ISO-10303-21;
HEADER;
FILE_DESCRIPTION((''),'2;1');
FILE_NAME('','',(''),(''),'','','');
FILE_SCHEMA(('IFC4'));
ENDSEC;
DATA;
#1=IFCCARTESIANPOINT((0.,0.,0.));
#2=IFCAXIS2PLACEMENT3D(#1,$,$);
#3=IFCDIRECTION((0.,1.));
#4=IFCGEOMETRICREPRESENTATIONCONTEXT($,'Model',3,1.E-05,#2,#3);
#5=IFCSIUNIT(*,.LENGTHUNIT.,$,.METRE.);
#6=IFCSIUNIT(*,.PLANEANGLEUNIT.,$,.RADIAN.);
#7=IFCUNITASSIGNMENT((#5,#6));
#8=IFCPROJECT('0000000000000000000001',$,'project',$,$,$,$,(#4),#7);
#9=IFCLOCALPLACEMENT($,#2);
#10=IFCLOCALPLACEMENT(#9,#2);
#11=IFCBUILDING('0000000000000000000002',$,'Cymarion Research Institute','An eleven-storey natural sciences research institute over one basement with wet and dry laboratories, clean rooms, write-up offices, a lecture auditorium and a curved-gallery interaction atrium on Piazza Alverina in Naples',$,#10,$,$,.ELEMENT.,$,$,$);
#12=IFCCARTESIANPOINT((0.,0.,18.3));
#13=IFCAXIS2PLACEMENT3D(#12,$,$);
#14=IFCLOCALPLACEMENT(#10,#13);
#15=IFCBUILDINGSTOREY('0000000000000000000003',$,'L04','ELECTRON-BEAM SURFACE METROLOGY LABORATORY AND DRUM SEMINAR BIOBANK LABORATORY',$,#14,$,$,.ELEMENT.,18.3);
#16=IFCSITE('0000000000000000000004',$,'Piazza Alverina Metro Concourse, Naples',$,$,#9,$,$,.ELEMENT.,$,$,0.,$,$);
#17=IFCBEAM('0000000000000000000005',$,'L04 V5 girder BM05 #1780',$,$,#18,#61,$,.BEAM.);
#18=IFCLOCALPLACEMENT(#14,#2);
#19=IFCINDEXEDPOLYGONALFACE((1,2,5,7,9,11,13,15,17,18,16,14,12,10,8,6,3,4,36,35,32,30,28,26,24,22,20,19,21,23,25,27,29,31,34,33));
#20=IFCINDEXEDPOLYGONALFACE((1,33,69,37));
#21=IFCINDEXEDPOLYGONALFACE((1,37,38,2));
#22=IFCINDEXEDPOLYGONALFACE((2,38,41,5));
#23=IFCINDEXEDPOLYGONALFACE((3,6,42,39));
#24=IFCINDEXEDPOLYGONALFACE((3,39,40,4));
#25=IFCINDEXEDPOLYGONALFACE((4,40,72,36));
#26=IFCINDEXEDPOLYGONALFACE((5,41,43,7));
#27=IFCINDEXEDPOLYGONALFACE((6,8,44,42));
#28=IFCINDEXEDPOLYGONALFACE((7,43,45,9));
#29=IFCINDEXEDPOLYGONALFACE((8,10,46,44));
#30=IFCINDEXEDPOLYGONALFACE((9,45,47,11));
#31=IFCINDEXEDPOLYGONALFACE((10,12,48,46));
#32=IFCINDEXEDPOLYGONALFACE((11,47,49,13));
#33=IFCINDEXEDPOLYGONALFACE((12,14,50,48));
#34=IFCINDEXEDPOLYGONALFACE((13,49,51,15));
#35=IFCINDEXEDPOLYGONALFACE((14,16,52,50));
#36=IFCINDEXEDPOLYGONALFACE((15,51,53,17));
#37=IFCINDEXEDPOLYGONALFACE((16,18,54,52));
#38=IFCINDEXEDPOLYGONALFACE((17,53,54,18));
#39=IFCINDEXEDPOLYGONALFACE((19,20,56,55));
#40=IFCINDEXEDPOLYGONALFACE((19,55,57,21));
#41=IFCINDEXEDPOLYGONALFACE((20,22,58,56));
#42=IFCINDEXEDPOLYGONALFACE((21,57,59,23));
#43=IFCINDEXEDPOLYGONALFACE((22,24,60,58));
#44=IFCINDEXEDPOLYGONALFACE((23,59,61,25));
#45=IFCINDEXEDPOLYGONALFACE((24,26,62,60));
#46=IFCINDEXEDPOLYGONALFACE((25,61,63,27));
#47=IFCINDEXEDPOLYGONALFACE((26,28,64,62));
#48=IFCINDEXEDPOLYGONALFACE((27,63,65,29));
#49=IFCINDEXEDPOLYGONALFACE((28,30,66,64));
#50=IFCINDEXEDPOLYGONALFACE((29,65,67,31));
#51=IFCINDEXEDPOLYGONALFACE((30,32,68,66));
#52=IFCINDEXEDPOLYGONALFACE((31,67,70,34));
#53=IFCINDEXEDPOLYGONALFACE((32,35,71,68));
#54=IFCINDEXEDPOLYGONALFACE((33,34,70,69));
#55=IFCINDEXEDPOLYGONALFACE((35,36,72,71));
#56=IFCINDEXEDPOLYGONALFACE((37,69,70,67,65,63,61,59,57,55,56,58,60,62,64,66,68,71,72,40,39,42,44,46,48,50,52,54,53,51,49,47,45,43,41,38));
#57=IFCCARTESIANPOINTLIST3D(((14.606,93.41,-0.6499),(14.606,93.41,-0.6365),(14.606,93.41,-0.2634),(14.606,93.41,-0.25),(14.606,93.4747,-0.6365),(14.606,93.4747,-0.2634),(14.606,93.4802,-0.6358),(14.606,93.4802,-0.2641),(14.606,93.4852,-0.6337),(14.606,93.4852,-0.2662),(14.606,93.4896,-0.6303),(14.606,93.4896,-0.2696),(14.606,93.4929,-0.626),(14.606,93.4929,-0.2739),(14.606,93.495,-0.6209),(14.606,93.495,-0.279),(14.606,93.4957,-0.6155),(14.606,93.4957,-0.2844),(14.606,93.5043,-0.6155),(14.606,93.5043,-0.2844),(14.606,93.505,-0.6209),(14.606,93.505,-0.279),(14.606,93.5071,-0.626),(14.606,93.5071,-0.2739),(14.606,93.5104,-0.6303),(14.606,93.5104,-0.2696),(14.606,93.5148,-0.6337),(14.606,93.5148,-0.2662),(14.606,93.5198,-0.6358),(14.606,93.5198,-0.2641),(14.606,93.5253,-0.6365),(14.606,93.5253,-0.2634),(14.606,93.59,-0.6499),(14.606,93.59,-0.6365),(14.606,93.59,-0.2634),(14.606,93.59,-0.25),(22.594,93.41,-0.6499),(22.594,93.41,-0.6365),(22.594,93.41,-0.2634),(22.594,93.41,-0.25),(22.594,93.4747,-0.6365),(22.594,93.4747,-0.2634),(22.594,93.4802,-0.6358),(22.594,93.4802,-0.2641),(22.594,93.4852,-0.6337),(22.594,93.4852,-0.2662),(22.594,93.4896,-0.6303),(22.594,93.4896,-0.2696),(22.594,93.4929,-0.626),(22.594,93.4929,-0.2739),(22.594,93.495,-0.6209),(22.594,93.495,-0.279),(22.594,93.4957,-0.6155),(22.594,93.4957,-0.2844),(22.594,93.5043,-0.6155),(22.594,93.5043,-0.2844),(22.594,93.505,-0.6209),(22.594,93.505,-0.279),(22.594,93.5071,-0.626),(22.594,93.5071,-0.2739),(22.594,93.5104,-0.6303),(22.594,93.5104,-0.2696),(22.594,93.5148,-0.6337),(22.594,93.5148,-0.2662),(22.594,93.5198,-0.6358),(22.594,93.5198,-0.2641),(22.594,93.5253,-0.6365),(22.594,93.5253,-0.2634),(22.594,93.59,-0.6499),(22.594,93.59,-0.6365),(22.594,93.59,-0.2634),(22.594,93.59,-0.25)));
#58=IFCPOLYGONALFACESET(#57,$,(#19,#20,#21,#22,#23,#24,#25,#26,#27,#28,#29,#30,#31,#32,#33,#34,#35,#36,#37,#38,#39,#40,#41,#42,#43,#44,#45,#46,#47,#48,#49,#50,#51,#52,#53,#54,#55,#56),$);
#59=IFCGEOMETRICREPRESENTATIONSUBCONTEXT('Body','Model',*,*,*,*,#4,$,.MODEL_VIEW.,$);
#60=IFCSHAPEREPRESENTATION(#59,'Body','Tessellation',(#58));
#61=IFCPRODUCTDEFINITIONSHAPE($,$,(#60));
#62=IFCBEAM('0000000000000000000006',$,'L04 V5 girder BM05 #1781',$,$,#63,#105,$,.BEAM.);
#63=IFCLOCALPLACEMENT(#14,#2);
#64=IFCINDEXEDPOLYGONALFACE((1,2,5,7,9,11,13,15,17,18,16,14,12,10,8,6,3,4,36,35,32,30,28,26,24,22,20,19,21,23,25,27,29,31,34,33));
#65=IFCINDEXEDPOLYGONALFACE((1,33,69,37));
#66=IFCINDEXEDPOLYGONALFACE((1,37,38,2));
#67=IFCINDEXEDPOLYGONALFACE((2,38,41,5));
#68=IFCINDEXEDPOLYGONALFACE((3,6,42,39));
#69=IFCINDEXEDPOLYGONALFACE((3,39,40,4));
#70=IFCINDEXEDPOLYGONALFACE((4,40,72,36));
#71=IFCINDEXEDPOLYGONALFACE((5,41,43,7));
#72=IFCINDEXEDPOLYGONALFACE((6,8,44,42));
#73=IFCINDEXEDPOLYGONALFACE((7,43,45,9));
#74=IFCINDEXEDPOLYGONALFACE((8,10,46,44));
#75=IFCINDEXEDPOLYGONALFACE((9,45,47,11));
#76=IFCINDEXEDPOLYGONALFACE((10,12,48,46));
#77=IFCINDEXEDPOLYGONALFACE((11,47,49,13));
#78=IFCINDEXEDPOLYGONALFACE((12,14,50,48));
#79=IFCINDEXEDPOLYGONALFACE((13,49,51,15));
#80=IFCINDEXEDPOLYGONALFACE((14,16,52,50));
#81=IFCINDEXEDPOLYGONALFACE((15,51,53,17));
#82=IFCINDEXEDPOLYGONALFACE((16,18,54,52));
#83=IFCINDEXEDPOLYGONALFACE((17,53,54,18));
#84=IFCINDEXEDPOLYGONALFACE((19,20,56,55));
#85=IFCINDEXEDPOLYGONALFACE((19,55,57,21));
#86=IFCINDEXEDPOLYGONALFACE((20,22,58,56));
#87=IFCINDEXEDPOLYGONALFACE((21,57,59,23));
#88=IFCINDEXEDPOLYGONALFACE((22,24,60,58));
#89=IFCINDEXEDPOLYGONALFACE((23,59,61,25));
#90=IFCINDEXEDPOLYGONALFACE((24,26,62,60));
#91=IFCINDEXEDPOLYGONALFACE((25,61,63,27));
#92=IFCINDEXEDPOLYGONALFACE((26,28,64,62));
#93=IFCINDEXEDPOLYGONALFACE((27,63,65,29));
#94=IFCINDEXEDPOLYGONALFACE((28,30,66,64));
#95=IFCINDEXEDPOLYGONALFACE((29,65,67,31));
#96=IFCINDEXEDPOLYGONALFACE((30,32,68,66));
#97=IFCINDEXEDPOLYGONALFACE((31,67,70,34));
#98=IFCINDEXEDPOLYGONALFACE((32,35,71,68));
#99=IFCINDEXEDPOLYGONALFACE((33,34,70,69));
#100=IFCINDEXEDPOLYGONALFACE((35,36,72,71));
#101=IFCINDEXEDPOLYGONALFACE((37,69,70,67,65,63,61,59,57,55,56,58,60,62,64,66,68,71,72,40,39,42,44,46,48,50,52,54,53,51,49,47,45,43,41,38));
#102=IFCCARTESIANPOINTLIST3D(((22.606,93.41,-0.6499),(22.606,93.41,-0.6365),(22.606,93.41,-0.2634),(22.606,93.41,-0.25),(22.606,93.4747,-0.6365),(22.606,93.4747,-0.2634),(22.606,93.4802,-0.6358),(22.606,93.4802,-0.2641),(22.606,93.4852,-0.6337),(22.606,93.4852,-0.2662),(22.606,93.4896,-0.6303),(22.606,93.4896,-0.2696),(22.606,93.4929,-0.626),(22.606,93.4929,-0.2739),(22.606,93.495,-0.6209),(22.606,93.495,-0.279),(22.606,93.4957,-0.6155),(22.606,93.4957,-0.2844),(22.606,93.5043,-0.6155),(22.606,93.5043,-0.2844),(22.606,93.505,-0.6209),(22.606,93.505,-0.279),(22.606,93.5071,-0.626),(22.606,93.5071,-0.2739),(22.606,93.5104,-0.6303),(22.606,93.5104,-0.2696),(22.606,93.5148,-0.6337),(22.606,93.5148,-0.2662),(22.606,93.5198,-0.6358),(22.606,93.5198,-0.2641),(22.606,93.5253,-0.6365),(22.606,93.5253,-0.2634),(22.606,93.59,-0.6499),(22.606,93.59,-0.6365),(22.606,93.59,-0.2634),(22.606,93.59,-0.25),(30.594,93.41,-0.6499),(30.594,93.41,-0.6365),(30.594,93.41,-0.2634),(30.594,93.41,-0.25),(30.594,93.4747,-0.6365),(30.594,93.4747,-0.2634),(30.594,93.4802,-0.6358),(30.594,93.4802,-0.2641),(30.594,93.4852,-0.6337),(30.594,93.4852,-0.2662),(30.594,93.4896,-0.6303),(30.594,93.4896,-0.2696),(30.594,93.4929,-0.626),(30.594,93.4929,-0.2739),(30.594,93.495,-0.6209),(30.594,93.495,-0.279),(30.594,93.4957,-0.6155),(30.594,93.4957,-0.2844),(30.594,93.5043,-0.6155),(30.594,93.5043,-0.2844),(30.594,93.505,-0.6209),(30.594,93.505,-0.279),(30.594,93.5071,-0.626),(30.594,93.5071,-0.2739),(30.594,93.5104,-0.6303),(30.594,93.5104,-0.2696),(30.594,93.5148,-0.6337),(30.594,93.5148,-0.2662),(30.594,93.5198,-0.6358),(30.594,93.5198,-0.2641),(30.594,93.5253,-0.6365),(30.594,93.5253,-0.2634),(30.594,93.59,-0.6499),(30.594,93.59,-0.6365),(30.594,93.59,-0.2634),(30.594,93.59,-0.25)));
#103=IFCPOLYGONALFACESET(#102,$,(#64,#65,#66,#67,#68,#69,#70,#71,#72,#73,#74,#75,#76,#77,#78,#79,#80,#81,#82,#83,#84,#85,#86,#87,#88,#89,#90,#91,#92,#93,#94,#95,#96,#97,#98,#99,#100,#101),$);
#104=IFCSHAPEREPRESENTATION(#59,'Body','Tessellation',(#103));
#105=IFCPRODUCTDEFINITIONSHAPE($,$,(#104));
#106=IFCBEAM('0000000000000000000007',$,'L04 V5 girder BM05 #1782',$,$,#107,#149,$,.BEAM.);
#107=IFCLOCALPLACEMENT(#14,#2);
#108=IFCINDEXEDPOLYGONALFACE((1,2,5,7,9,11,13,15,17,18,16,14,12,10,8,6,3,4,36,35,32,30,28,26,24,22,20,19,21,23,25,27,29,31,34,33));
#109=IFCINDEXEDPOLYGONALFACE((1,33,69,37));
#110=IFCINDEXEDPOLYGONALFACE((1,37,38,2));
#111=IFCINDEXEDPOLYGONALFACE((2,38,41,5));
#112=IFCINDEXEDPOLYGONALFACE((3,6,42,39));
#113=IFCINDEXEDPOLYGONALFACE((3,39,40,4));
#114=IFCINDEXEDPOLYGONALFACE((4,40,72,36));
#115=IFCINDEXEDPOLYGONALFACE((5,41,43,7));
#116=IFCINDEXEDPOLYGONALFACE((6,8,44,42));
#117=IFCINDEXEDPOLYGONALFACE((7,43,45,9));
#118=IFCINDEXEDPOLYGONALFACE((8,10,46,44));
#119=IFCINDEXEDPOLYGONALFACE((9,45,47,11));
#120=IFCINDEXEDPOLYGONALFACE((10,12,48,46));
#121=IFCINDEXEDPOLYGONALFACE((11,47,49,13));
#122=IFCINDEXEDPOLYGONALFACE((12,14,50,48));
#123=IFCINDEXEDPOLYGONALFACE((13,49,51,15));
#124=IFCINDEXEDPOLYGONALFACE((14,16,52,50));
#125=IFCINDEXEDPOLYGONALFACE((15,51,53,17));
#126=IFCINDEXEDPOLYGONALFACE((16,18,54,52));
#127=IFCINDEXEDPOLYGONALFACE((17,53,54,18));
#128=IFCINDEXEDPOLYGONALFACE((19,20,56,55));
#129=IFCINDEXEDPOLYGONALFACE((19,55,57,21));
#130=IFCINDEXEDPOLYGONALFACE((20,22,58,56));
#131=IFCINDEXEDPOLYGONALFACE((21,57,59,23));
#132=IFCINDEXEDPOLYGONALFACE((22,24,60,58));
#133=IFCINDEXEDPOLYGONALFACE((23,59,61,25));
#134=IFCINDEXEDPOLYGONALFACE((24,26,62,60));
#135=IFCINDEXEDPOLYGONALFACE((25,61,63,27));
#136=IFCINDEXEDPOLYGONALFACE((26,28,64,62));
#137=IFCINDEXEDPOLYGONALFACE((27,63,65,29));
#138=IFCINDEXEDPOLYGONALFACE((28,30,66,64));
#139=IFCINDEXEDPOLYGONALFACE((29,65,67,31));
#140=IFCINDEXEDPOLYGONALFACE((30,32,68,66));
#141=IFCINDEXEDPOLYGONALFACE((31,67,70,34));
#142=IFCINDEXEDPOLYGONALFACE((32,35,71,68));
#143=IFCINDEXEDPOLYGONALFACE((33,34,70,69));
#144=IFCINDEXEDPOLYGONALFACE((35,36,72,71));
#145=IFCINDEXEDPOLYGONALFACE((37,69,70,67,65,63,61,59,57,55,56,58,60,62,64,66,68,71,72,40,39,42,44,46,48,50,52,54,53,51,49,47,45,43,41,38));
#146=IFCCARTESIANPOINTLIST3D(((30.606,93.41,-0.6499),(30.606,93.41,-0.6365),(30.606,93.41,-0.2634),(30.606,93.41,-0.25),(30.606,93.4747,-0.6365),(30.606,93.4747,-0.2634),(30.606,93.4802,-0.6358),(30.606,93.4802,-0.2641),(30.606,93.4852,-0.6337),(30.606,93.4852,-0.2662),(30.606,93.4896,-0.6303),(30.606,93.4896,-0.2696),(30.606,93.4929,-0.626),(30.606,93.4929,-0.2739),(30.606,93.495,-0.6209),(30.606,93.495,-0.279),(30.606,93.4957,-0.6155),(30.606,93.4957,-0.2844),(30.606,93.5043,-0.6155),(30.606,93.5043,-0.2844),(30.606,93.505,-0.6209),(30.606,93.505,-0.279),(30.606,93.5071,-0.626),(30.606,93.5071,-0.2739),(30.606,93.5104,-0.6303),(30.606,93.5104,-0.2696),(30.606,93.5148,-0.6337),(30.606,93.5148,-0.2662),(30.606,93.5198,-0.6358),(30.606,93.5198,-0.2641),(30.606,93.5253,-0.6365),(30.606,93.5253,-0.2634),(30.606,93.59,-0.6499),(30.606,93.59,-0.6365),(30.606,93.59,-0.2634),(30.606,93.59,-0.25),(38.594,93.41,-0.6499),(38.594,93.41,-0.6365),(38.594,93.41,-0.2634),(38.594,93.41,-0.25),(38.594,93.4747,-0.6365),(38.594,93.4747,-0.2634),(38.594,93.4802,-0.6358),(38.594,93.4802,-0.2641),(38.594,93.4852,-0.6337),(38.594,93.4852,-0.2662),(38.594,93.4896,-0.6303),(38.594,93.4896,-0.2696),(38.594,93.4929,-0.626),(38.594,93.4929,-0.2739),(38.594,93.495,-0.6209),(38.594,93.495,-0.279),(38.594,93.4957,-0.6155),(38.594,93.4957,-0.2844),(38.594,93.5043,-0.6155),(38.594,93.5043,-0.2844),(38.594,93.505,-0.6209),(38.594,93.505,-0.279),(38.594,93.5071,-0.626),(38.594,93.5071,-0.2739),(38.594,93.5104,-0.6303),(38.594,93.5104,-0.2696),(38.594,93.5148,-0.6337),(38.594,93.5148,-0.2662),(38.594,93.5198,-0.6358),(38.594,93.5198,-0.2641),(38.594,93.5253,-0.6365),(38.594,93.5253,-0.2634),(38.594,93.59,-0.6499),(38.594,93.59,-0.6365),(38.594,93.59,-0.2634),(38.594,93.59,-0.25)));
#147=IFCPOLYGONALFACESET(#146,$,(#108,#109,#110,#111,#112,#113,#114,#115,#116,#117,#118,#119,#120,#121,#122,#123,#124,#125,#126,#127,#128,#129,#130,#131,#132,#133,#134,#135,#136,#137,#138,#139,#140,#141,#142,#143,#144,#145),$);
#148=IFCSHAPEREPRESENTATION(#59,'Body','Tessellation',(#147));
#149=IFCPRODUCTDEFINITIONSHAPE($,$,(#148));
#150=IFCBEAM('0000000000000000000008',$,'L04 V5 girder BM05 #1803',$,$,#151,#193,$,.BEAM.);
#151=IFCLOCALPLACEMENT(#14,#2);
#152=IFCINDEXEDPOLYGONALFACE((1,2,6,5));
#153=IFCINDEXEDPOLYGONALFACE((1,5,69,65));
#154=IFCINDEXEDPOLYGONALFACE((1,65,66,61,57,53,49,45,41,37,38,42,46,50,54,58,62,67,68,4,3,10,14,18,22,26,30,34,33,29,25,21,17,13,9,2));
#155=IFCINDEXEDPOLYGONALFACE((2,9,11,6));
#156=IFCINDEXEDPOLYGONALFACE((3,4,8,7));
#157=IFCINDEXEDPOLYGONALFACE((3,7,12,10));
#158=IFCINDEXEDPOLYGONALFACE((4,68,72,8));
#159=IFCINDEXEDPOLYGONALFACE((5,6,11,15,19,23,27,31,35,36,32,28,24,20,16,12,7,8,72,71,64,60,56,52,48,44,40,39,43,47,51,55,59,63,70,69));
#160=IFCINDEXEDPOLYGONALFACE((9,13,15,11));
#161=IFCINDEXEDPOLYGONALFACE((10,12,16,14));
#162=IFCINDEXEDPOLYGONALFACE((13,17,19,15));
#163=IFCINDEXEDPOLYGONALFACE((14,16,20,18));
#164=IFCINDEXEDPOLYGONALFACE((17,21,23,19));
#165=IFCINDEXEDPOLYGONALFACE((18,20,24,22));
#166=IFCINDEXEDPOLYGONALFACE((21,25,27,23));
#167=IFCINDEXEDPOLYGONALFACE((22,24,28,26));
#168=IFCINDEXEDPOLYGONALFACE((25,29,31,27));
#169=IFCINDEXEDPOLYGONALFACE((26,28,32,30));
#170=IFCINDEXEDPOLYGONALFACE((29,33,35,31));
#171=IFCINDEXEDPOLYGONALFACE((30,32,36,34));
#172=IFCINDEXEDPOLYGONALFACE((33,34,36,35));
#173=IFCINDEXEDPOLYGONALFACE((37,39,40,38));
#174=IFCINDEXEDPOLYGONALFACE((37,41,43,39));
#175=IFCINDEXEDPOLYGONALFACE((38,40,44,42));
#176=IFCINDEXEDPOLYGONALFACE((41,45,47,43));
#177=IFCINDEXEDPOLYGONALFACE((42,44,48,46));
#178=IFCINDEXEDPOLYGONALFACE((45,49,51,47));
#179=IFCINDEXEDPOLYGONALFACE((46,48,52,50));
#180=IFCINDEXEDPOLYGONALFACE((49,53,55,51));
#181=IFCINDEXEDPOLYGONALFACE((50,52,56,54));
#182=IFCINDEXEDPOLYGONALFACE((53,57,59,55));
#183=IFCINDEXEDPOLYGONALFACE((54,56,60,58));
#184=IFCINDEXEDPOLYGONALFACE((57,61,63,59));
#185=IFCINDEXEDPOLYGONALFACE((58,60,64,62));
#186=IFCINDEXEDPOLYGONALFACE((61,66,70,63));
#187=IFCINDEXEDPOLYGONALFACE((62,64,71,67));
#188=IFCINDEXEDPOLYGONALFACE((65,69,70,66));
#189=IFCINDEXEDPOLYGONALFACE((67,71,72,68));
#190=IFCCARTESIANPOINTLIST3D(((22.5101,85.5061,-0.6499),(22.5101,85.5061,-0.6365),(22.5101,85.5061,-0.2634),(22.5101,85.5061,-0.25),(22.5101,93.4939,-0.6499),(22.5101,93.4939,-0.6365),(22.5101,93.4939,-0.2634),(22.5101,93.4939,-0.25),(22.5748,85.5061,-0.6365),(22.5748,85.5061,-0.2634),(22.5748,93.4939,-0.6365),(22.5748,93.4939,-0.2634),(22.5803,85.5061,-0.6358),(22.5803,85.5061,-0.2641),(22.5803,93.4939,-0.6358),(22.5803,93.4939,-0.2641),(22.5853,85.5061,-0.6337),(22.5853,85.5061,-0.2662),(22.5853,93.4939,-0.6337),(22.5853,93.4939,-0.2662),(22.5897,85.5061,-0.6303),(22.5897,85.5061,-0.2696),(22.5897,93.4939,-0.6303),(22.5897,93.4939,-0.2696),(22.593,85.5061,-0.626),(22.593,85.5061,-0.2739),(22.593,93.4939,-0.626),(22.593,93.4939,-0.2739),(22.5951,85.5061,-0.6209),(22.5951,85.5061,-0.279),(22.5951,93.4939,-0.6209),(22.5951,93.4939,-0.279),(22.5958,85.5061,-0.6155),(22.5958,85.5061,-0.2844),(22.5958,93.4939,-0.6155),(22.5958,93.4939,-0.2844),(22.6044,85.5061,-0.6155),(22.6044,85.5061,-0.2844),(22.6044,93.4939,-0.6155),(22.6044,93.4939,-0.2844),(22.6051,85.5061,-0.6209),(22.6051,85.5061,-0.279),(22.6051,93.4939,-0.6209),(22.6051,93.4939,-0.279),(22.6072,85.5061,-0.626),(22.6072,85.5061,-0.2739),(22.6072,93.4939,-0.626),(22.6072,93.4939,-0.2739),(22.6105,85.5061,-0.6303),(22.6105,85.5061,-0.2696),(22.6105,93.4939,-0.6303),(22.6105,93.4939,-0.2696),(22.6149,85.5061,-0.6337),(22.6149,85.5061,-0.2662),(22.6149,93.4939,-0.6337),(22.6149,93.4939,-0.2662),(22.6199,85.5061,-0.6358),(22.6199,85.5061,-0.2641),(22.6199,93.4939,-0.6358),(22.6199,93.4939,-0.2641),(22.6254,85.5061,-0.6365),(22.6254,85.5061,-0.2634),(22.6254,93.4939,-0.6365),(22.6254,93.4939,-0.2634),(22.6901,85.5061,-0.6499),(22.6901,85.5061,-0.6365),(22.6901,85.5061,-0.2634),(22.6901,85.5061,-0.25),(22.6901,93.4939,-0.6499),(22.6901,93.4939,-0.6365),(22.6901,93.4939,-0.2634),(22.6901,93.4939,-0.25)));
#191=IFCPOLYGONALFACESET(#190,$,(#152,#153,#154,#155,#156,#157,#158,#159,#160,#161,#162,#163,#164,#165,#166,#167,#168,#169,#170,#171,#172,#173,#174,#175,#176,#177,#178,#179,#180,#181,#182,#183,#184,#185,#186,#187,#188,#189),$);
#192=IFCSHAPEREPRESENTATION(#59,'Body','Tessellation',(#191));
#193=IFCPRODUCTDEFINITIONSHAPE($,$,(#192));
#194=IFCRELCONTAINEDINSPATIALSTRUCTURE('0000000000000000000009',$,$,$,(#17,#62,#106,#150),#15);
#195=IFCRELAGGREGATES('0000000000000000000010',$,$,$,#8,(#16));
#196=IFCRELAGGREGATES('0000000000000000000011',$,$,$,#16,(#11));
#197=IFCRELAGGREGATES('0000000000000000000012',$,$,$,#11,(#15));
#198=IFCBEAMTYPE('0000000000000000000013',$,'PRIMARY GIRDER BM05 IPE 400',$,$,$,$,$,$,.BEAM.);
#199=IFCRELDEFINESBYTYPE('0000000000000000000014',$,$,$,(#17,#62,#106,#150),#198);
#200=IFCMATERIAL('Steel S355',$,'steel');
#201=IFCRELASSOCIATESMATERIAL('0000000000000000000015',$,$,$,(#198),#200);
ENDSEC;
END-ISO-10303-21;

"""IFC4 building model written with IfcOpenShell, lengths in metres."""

from ifc_helpers import new_model, si_unit, direction, frame, origin, origin_2d, place, context, subcontext, project, spatial, i_section, extrude, material, material_profile, profile_set, type_object, element, save


model = new_model("IFC4")

# Units and contexts
model_context = context("Model", 3, precision=1e-05, world=origin(), true_north=direction((0.0, 1.0)))
body_context = subcontext(model_context, "Body", "Model", "MODEL_VIEW")
ifc_project = project(units=[si_unit("LENGTHUNIT", "METRE"), si_unit("PLANEANGLEUNIT", "RADIAN")], contexts=[model_context])

# Site, building, storey
site_placement = place(None, origin())
site = spatial("IfcSite", under=ifc_project, at=site_placement, Name="Piazza Alverina Metro Concourse, Naples", CompositionType="ELEMENT", RefElevation=0.0)
building_placement = place(site_placement, origin())
building = spatial("IfcBuilding", under=site, at=building_placement, Name="Cymarion Research Institute", Description="An eleven-storey natural sciences research institute over one basement with wet and dry laboratories, clean rooms, write-up offices, a lecture auditorium and a curved-gallery interaction atrium on Piazza Alverina in Naples", CompositionType="ELEMENT")
storey_placement = place(building_placement, frame((0.0, 0.0, 18.3)))
storey = spatial("IfcBuildingStorey", under=building, at=storey_placement, Name="L04", Description="ELECTRON-BEAM SURFACE METROLOGY LABORATORY AND DRUM SEMINAR BIOBANK LABORATORY", CompositionType="ELEMENT", Elevation=18.3)

# Shared definitions
ifc_material_1 = material(Name="Steel S355", Category="steel")

# Beams
ifc_material_profile_1 = material_profile(ifc_material_1, i_section(OverallWidth=0.1799, OverallDepth=0.3999, WebThickness=0.0085, FlangeThickness=0.0134, FilletRadius=0.021, at=origin_2d()), Name="IPE 400")
ifc_profile_set_1 = profile_set([ifc_material_profile_1], Name="Steel S355")
beam_type_1 = type_object("IfcBeamType", Name="PRIMARY GIRDER BM05 IPE 400", PredefinedType="BEAM", material=ifc_profile_set_1)
for number, where, z_axis, x_axis, name in (
    (1, (14.606, 93.5, -0.45), (1.0, 0.0, 0.0), (0.0, 1.0, 0.0), "L04 V5 girder BM05 #1780"),
    (2, (22.606, 93.5, -0.45), (1.0, 0.0, 0.0), (0.0, 1.0, 0.0), "L04 V5 girder BM05 #1781"),
    (3, (30.606, 93.5, -0.45), (1.0, 0.0, 0.0), (0.0, 1.0, 0.0), "L04 V5 girder BM05 #1782"),
):
    element("IfcBeam", number, at=place(storey_placement, frame(where, z_axis=z_axis, x_axis=x_axis)), inside=storey, type_object=beam_type_1, Name=name, PredefinedType="BEAM", context=body_context, shape_type="SweptSolid", body=[
        extrude(i_section(OverallWidth=0.1799, OverallDepth=0.3999, WebThickness=0.0085, FlangeThickness=0.0134, FilletRadius=0.021, at=origin_2d()), origin(), (0.0, 0.0, 1.0), 7.988),
    ])
for number, where, z_axis, x_axis, name in (
    (4, (22.6001, 85.5061, -0.45), (0.0, 1.0, 0.0), (-1.0, 0.0, 0.0), "L04 V5 girder BM05 #1803"),
):
    element("IfcBeam", number, at=place(storey_placement, frame(where, z_axis=z_axis, x_axis=x_axis)), inside=storey, type_object=beam_type_1, Name=name, PredefinedType="BEAM", context=body_context, shape_type="SweptSolid", body=[
        extrude(i_section(OverallWidth=0.1799, OverallDepth=0.3999, WebThickness=0.0085, FlangeThickness=0.0134, FilletRadius=0.021, at=origin_2d()), origin(), (0.0, 0.0, 1.0), 7.9878),
    ])

save(model, "model.ifc")
